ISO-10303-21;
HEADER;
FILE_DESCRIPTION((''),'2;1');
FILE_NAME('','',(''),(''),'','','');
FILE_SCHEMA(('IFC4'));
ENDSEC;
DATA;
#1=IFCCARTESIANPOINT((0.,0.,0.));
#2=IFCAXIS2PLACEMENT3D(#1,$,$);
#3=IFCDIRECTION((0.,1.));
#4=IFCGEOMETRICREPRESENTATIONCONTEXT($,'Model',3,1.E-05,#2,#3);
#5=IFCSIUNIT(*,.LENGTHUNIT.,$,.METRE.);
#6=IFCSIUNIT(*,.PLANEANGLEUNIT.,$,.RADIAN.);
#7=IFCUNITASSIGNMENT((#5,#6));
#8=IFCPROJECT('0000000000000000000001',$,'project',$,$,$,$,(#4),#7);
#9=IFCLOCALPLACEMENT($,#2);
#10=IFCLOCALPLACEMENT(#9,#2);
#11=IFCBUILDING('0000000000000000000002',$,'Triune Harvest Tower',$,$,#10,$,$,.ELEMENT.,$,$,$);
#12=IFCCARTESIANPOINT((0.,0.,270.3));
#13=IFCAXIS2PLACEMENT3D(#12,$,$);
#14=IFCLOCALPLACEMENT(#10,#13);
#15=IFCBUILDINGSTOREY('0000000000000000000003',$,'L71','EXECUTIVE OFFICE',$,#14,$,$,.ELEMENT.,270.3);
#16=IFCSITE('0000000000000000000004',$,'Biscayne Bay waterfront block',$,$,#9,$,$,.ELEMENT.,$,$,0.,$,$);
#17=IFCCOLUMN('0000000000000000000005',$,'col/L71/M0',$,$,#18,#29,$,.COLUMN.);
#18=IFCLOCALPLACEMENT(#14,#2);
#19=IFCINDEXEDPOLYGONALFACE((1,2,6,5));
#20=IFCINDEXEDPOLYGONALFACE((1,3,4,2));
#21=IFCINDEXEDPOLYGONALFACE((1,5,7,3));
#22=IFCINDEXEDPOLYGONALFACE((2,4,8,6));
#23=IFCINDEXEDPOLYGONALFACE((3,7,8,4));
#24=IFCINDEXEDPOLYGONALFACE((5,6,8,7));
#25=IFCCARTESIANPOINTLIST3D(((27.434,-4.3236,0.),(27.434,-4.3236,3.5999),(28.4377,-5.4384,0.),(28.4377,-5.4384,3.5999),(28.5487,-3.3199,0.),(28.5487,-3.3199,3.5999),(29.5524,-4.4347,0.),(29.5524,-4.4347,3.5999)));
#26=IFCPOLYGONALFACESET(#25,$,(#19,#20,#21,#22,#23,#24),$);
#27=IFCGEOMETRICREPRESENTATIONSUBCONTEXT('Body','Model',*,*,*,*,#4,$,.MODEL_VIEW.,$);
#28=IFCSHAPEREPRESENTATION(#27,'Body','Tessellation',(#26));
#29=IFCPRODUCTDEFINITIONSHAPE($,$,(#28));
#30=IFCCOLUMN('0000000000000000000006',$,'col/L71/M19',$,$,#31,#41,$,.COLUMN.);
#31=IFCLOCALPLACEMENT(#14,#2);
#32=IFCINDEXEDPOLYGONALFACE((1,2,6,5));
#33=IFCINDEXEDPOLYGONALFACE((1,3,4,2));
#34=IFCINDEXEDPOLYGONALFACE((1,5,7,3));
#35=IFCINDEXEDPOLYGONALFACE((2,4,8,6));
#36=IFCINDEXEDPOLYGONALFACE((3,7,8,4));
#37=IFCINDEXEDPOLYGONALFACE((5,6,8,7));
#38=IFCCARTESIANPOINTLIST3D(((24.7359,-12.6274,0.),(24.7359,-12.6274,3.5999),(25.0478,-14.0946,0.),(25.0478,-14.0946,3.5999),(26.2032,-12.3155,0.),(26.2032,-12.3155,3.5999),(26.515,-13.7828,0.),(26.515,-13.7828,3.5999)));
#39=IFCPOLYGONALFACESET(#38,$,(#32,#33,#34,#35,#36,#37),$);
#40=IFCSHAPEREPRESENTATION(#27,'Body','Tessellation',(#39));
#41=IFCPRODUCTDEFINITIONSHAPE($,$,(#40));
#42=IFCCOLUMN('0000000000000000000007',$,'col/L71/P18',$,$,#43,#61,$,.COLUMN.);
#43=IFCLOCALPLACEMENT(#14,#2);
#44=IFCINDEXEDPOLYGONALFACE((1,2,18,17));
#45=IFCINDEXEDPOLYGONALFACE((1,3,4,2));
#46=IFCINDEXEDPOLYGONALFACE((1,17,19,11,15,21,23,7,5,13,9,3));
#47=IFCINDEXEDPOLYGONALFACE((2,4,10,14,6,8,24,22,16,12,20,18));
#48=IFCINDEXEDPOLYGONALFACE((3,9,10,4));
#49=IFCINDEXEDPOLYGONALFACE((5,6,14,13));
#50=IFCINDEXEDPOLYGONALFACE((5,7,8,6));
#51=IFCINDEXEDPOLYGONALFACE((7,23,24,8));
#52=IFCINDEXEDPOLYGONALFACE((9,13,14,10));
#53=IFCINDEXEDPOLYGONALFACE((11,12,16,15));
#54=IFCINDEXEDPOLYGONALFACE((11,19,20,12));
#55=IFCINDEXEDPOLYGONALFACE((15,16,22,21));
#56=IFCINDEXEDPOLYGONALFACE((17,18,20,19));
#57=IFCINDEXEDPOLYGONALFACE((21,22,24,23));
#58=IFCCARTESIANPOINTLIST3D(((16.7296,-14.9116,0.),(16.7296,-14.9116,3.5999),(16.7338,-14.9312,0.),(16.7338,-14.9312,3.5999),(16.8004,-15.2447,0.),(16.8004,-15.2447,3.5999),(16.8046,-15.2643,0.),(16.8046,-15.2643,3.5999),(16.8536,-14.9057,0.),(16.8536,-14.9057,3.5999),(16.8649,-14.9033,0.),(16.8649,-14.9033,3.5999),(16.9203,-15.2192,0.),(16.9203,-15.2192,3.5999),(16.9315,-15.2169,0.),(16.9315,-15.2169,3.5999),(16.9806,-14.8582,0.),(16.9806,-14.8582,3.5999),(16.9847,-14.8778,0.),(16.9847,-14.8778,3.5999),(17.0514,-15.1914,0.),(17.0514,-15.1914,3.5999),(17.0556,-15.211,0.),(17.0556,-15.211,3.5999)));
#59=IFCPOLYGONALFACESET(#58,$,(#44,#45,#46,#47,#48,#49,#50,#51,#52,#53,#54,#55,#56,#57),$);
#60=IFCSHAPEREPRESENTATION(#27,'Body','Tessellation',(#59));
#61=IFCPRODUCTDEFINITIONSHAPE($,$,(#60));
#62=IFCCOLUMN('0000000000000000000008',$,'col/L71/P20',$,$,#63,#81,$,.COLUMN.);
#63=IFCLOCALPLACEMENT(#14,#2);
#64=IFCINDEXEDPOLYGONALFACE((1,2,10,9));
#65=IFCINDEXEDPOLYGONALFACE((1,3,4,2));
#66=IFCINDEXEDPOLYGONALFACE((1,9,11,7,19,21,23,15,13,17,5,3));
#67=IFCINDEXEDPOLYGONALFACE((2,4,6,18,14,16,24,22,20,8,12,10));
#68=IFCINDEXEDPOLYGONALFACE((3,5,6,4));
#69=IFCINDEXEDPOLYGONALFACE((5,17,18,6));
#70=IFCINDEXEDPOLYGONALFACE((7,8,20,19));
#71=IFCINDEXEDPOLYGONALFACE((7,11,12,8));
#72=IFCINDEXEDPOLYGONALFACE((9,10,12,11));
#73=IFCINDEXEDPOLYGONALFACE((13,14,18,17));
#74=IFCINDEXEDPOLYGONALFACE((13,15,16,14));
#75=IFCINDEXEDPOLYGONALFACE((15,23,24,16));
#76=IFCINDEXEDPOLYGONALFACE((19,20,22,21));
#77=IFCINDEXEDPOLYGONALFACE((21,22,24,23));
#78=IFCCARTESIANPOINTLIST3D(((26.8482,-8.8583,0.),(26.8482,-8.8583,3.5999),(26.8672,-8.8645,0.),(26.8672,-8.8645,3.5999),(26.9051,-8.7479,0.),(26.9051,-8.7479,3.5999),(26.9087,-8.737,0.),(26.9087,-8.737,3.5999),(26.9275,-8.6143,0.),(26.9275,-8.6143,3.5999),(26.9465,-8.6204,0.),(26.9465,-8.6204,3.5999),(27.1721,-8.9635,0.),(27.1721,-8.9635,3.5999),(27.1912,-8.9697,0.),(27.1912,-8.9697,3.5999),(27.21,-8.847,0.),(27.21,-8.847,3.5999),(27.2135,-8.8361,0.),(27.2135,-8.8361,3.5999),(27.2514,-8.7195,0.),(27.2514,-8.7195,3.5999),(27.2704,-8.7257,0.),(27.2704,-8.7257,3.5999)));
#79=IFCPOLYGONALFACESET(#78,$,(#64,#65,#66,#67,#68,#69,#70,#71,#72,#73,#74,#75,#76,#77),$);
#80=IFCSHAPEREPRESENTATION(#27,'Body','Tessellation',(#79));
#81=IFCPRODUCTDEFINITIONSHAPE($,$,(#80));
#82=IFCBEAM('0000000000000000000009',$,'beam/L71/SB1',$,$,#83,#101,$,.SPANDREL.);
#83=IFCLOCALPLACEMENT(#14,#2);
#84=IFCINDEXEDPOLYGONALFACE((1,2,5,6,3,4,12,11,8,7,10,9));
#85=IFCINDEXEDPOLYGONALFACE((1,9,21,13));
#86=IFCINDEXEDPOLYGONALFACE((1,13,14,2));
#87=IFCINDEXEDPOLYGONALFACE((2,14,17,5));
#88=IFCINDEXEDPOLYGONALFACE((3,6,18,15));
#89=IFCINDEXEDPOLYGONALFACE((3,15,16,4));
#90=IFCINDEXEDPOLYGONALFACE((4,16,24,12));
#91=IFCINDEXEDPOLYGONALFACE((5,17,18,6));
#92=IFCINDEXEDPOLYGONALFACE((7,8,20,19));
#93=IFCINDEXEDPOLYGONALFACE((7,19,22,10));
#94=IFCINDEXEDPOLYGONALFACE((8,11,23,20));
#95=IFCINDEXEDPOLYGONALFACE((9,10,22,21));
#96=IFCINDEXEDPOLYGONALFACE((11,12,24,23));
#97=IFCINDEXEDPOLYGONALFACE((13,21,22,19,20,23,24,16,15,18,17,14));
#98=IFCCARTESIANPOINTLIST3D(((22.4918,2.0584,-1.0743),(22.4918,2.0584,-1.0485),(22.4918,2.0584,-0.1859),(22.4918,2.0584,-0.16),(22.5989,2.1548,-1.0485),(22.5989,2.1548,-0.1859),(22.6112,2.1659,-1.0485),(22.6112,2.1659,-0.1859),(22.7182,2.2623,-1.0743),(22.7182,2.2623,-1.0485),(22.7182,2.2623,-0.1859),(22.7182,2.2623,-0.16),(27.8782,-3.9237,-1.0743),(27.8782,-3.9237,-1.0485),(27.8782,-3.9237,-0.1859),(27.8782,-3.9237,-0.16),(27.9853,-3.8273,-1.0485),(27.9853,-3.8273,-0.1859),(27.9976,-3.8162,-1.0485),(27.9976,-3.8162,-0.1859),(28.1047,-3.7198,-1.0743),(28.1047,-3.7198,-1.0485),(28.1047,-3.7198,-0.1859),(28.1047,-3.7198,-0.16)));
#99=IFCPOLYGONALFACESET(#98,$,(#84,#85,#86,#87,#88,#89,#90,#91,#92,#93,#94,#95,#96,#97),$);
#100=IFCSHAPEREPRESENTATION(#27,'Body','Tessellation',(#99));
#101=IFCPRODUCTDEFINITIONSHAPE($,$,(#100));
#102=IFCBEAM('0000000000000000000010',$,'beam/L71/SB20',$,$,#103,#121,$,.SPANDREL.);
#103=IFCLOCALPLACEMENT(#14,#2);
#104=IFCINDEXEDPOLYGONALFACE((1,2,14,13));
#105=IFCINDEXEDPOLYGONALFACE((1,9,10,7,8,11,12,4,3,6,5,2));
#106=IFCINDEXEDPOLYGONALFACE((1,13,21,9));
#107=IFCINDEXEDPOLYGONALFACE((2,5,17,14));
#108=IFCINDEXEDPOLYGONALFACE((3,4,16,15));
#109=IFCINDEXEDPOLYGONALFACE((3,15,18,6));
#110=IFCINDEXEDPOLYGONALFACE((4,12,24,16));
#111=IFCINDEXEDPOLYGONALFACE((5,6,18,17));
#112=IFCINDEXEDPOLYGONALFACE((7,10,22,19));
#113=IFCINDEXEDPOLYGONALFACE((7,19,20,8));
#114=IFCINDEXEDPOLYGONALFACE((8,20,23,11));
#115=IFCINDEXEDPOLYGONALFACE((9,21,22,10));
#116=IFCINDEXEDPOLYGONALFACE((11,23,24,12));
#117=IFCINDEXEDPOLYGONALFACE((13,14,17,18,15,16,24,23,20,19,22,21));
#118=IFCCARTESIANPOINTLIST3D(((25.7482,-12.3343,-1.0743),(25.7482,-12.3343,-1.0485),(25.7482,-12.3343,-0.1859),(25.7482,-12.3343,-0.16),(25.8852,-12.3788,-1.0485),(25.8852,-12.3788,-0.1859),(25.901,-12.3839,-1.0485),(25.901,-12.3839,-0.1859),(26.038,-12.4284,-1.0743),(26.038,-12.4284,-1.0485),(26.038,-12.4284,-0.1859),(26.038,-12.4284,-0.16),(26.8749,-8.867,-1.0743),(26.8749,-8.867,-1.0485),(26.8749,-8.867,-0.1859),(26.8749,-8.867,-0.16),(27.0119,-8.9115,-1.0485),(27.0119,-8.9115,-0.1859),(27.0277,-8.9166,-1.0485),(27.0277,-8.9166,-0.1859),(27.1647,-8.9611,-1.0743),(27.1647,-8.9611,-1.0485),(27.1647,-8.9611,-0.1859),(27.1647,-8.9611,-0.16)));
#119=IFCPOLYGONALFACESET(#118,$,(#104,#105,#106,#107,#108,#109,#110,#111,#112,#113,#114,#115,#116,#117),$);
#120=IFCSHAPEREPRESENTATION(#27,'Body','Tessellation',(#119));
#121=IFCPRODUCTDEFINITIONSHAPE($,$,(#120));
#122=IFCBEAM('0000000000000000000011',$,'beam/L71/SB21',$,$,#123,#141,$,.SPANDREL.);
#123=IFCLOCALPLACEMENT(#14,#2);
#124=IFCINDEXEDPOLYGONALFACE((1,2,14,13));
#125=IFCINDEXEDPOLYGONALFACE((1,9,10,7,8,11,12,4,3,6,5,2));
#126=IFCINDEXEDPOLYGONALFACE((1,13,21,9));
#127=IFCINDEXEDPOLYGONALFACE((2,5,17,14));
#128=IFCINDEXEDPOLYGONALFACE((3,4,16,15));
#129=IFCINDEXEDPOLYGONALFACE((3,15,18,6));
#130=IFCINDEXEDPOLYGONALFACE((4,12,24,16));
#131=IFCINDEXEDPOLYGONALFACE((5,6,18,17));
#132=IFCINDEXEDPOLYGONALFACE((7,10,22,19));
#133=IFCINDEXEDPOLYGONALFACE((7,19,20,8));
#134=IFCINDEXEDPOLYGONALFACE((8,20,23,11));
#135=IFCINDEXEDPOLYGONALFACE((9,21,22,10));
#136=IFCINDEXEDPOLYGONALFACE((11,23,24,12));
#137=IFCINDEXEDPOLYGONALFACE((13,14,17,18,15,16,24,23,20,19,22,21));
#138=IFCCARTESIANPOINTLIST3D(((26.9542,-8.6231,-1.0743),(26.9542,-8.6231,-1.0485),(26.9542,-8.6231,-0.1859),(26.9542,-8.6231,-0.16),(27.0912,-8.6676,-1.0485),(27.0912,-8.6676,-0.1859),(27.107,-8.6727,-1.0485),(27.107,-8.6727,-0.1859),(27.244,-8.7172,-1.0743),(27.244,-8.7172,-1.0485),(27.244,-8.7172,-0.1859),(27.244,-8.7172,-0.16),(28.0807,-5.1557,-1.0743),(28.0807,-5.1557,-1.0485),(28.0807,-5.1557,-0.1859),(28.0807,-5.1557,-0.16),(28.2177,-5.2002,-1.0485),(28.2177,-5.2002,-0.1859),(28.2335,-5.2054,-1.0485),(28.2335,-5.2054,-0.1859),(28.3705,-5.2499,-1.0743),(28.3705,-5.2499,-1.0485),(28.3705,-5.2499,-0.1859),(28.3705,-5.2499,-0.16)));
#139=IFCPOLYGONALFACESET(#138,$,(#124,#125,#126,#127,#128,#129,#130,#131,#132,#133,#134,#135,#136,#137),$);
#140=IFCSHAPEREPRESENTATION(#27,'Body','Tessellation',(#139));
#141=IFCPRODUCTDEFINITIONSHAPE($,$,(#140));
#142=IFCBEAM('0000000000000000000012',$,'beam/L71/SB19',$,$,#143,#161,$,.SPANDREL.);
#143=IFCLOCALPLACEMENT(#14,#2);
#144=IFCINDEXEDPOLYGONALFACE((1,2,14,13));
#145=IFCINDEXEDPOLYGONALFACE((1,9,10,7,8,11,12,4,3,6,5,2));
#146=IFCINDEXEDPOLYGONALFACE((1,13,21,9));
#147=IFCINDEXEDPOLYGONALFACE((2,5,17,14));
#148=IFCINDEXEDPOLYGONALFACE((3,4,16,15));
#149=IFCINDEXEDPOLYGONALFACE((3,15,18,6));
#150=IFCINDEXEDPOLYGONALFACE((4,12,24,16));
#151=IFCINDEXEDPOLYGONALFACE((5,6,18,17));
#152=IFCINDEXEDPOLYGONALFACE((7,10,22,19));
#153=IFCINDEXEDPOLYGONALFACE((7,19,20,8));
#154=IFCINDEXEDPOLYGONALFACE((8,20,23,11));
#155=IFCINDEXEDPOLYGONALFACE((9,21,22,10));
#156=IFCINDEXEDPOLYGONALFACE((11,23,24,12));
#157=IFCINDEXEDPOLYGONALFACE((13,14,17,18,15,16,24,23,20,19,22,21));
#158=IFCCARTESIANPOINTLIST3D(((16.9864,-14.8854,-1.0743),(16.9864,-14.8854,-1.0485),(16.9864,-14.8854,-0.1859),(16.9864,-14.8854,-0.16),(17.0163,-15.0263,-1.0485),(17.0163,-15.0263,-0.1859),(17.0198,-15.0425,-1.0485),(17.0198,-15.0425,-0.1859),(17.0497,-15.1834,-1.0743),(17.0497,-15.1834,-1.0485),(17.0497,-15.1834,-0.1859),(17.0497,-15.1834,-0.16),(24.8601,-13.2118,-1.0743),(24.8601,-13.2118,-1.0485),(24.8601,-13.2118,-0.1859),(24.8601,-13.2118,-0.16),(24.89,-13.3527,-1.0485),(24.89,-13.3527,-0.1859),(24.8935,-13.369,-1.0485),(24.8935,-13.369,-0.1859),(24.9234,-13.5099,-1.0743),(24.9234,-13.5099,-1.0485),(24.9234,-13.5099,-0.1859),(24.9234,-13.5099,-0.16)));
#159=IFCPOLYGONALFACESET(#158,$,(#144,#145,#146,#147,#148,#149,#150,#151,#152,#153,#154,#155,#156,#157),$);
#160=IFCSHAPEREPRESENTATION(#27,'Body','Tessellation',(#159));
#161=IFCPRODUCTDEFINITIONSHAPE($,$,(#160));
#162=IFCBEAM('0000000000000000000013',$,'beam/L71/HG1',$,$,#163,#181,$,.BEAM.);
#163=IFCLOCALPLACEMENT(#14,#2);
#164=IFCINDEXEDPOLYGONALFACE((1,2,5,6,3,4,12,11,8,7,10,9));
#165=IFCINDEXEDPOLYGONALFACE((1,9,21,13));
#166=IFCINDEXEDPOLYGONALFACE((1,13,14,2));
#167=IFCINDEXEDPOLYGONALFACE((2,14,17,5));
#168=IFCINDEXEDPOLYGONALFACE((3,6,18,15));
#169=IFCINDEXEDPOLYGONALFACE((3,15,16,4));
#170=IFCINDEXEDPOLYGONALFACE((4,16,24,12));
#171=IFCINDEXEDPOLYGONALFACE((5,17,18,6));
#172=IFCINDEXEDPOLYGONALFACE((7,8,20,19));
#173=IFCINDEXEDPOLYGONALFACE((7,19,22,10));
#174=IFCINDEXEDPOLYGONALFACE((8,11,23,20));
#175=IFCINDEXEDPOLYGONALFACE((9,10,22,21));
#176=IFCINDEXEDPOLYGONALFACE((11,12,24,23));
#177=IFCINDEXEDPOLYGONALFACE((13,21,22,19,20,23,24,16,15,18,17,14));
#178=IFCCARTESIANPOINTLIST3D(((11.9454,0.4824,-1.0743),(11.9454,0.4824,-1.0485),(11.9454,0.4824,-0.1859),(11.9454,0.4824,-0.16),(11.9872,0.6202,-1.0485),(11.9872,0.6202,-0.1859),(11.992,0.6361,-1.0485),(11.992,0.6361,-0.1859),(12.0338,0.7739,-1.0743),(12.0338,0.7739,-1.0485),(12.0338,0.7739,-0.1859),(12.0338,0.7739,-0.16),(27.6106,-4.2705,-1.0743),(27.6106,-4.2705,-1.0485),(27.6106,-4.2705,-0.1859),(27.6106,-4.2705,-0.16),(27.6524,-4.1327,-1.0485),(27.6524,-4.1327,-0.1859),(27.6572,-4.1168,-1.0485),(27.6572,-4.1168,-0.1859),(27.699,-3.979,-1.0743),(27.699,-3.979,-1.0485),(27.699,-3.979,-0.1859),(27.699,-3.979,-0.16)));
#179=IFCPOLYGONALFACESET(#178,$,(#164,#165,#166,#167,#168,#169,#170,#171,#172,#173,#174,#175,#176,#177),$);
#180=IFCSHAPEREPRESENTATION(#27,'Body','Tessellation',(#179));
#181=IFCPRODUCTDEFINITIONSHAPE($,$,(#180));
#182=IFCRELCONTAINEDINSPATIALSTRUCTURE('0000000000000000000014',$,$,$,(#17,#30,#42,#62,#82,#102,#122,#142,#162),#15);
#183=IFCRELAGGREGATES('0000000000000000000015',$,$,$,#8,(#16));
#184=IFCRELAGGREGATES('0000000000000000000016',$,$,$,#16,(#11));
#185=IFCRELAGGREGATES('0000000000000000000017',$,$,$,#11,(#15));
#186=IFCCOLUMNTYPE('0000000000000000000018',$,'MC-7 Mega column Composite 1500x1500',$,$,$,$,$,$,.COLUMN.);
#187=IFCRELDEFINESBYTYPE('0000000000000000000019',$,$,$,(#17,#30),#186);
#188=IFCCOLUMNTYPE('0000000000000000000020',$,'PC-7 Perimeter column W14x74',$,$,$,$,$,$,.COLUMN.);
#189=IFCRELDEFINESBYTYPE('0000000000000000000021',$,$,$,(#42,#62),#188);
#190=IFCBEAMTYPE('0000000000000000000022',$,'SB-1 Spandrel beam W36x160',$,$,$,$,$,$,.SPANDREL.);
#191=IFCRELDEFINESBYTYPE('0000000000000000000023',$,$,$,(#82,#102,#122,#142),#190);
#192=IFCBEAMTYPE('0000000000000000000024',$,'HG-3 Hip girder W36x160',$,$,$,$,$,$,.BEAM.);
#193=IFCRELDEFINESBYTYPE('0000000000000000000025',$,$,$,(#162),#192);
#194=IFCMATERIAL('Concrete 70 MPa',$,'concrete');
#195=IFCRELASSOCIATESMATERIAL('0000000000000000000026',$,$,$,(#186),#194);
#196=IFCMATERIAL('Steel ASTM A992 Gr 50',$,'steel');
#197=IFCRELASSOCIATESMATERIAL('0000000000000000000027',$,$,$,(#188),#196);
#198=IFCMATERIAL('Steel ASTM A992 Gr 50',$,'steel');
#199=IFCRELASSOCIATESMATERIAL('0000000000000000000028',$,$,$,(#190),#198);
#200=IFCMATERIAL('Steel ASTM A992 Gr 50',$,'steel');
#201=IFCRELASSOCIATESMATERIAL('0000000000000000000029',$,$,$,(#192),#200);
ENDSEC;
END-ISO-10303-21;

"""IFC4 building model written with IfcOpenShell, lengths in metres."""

from ifc_helpers import new_model, si_unit, direction, frame, origin, origin_2d, place, context, subcontext, project, spatial, rectangle, i_section, extrude, source, transform, mapped, material, material_profile, profile_set, type_object, element, save


model = new_model("IFC4")

# Units and contexts
model_context = context("Model", 3, precision=1e-05, world=origin(), true_north=direction((0.0, 1.0)))
body_context = subcontext(model_context, "Body", "Model", "MODEL_VIEW")
ifc_project = project(units=[si_unit("LENGTHUNIT", "METRE"), si_unit("PLANEANGLEUNIT", "RADIAN")], contexts=[model_context])

# Site, building, storey
site_placement = place(None, origin())
site = spatial("IfcSite", under=ifc_project, at=site_placement, Name="Biscayne Bay waterfront block", CompositionType="ELEMENT", RefElevation=0.0)
building_placement = place(site_placement, origin())
building = spatial("IfcBuilding", under=site, at=building_placement, Name="Triune Harvest Tower", CompositionType="ELEMENT")
storey_placement = place(building_placement, frame((0.0, 0.0, 270.3)))
storey = spatial("IfcBuildingStorey", under=building, at=storey_placement, Name="L71", Description="EXECUTIVE OFFICE", CompositionType="ELEMENT", Elevation=270.3)

# Columns
ifc_material_1 = material(Name="Concrete 70 MPa", Category="concrete")
ifc_material_profile_1 = material_profile(ifc_material_1, rectangle(XDim=1.5, YDim=1.5, at=origin_2d()), Name="Composite 1500x1500")
ifc_profile_set_1 = profile_set([ifc_material_profile_1], Name="Concrete 70 MPa")
column_type_1 = type_object("IfcColumnType", Name="MC-7 Mega column Composite 1500x1500", PredefinedType="COLUMN", material=ifc_profile_set_1)
shared_shape_1 = source(origin(), body_context, "Body", "SweptSolid", [
    extrude(rectangle(XDim=1.5, YDim=1.5, at=origin_2d()), origin(), (0.0, 0.0, 1.0), 3.5999),
])
for number, where, z_axis, x_axis, name in (
    (1, (28.4932, -4.3792, 0.0), (0.0, 0.0, 1.0), (-0.669131, 0.743145, 0.0), "col/L71/M0"),
    (2, (25.6255, -13.2051, 0.0), (0.0, 0.0, 1.0), (0.978147, 0.207913, 0.0), "col/L71/M19"),
):
    element("IfcColumn", number, at=place(storey_placement, frame(where, z_axis=z_axis, x_axis=x_axis)), inside=storey, type_object=column_type_1, Name=name, PredefinedType="COLUMN", context=body_context, shape_type="MappedRepresentation", body=[
        mapped(shared_shape_1, transform((0.0, 0.0, 0.0), scale=1.0)),
    ])
ifc_material_2 = material(Name="Steel ASTM A992 Gr 50", Category="steel")
ifc_material_profile_2 = material_profile(ifc_material_2, i_section(OverallWidth=0.2566, OverallDepth=0.3606, WebThickness=0.0115, FlangeThickness=0.02, at=origin_2d()), Name="W14x74")
ifc_profile_set_2 = profile_set([ifc_material_profile_2], Name="Steel ASTM A992 Gr 50")
column_type_2 = type_object("IfcColumnType", Name="PC-7 Perimeter column W14x74", PredefinedType="COLUMN", material=ifc_profile_set_2)
shared_shape_2 = source(origin(), body_context, "Body", "SweptSolid", [
    extrude(i_section(OverallWidth=0.2566, OverallDepth=0.3606, WebThickness=0.0115, FlangeThickness=0.02, at=origin_2d()), origin(), (0.0, 0.0, 1.0), 3.5999),
])
for number, where, z_axis, x_axis, name in (
    (3, (16.8926, -15.0613, 0.0), (0.0, 0.0, 1.0), (0.978147, 0.207913, 0.0), "col/L71/P18"),
    (4, (27.0593, -8.792, 0.0), (0.0, 0.0, 1.0), (0.309017, 0.951057, 0.0), "col/L71/P20"),
):
    element("IfcColumn", number, at=place(storey_placement, frame(where, z_axis=z_axis, x_axis=x_axis)), inside=storey, type_object=column_type_2, Name=name, PredefinedType="COLUMN", context=body_context, shape_type="MappedRepresentation", body=[
        mapped(shared_shape_2, transform((0.0, 0.0, 0.0), scale=1.0)),
    ])

# Beams
ifc_material_3 = material(Name="Steel ASTM A992 Gr 50", Category="steel")
ifc_material_profile_3 = material_profile(ifc_material_3, i_section(OverallWidth=0.3047, OverallDepth=0.9143, WebThickness=0.0166, FlangeThickness=0.0259, at=origin_2d()), Name="W36x160")
ifc_profile_set_3 = profile_set([ifc_material_profile_3], Name="Steel ASTM A992 Gr 50")
beam_type_1 = type_object("IfcBeamType", Name="SB-1 Spandrel beam W36x160", PredefinedType="SPANDREL", material=ifc_profile_set_3)
shared_shape_3 = source(origin(), body_context, "Body", "SweptSolid", [
    extrude(i_section(OverallWidth=0.3047, OverallDepth=0.9143, WebThickness=0.0166, FlangeThickness=0.0259, at=origin_2d()), origin(), (0.0, 0.0, 1.0), 8.0498),
])
beam_1_placement = place(storey_placement, frame((27.9915, -3.8218, -0.6172), z_axis=(-0.669137, 0.743139, 0.0), x_axis=(-0.743139, -0.669137, 0.0)))
element("IfcBeam", 5, at=beam_1_placement, inside=storey, type_object=beam_type_1, Name="beam/L71/SB1", PredefinedType="SPANDREL", context=body_context, shape_type="MappedRepresentation", body=[
    mapped(shared_shape_3, transform((0.0, 0.0, 0.0), scale=1.0)),
])
shared_shape_4 = source(origin(), body_context, "Body", "SweptSolid", [
    extrude(i_section(OverallWidth=0.3047, OverallDepth=0.9143, WebThickness=0.0166, FlangeThickness=0.0259, at=origin_2d()), origin(), (0.0, 0.0, 1.0), 3.6458),
])
for number, where, z_axis, x_axis, name in (
    (6, (25.8931, -12.3813, -0.6172), (0.309047, 0.951047, 0.0), (-0.951047, 0.309047, 0.0), "beam/L71/SB20"),
    (7, (27.0991, -8.6702, -0.6172), (0.308986, 0.951067, 0.0), (-0.951067, 0.308986, 0.0), "beam/L71/SB21"),
):
    element("IfcBeam", number, at=place(storey_placement, frame(where, z_axis=z_axis, x_axis=x_axis)), inside=storey, type_object=beam_type_1, Name=name, PredefinedType="SPANDREL", context=body_context, shape_type="MappedRepresentation", body=[
        mapped(shared_shape_4, transform((0.0, 0.0, 0.0), scale=1.0)),
    ])
shared_shape_5 = source(origin(), body_context, "Body", "SweptSolid", [
    extrude(i_section(OverallWidth=0.3047, OverallDepth=0.9143, WebThickness=0.0166, FlangeThickness=0.0259, at=origin_2d()), origin(), (0.0, 0.0, 1.0), 8.0496),
])
beam_2_placement = place(storey_placement, frame((17.0181, -15.0344, -0.6172), z_axis=(0.978149, 0.207907, 0.0), x_axis=(-0.207907, 0.978149, 0.0)))
element("IfcBeam", 8, at=beam_2_placement, inside=storey, type_object=beam_type_1, Name="beam/L71/SB19", PredefinedType="SPANDREL", context=body_context, shape_type="MappedRepresentation", body=[
    mapped(shared_shape_5, transform((0.0, 0.0, 0.0), scale=1.0)),
])
ifc_material_4 = material(Name="Steel ASTM A992 Gr 50", Category="steel")
ifc_material_profile_4 = material_profile(ifc_material_4, i_section(OverallWidth=0.3047, OverallDepth=0.9143, WebThickness=0.0166, FlangeThickness=0.0259, at=origin_2d()), Name="W36x160")
ifc_profile_set_4 = profile_set([ifc_material_profile_4], Name="Steel ASTM A992 Gr 50")
beam_type_2 = type_object("IfcBeamType", Name="HG-3 Hip girder W36x160", PredefinedType="BEAM", material=ifc_profile_set_4)
shared_shape_6 = source(origin(), body_context, "Body", "SweptSolid", [
    extrude(i_section(OverallWidth=0.3047, OverallDepth=0.9143, WebThickness=0.0166, FlangeThickness=0.0259, at=origin_2d()), origin(), (0.0, 0.0, 1.0), 16.3704),
])
beam_3_placement = place(storey_placement, frame((27.6548, -4.1248, -0.6172), z_axis=(-0.956925, 0.290336, 0.0), x_axis=(-0.290336, -0.956925, 0.0)))
element("IfcBeam", 9, at=beam_3_placement, inside=storey, type_object=beam_type_2, Name="beam/L71/HG1", PredefinedType="BEAM", context=body_context, shape_type="MappedRepresentation", body=[
    mapped(shared_shape_6, transform((0.0, 0.0, 0.0), scale=1.0)),
])

save(model, "model.ifc")
